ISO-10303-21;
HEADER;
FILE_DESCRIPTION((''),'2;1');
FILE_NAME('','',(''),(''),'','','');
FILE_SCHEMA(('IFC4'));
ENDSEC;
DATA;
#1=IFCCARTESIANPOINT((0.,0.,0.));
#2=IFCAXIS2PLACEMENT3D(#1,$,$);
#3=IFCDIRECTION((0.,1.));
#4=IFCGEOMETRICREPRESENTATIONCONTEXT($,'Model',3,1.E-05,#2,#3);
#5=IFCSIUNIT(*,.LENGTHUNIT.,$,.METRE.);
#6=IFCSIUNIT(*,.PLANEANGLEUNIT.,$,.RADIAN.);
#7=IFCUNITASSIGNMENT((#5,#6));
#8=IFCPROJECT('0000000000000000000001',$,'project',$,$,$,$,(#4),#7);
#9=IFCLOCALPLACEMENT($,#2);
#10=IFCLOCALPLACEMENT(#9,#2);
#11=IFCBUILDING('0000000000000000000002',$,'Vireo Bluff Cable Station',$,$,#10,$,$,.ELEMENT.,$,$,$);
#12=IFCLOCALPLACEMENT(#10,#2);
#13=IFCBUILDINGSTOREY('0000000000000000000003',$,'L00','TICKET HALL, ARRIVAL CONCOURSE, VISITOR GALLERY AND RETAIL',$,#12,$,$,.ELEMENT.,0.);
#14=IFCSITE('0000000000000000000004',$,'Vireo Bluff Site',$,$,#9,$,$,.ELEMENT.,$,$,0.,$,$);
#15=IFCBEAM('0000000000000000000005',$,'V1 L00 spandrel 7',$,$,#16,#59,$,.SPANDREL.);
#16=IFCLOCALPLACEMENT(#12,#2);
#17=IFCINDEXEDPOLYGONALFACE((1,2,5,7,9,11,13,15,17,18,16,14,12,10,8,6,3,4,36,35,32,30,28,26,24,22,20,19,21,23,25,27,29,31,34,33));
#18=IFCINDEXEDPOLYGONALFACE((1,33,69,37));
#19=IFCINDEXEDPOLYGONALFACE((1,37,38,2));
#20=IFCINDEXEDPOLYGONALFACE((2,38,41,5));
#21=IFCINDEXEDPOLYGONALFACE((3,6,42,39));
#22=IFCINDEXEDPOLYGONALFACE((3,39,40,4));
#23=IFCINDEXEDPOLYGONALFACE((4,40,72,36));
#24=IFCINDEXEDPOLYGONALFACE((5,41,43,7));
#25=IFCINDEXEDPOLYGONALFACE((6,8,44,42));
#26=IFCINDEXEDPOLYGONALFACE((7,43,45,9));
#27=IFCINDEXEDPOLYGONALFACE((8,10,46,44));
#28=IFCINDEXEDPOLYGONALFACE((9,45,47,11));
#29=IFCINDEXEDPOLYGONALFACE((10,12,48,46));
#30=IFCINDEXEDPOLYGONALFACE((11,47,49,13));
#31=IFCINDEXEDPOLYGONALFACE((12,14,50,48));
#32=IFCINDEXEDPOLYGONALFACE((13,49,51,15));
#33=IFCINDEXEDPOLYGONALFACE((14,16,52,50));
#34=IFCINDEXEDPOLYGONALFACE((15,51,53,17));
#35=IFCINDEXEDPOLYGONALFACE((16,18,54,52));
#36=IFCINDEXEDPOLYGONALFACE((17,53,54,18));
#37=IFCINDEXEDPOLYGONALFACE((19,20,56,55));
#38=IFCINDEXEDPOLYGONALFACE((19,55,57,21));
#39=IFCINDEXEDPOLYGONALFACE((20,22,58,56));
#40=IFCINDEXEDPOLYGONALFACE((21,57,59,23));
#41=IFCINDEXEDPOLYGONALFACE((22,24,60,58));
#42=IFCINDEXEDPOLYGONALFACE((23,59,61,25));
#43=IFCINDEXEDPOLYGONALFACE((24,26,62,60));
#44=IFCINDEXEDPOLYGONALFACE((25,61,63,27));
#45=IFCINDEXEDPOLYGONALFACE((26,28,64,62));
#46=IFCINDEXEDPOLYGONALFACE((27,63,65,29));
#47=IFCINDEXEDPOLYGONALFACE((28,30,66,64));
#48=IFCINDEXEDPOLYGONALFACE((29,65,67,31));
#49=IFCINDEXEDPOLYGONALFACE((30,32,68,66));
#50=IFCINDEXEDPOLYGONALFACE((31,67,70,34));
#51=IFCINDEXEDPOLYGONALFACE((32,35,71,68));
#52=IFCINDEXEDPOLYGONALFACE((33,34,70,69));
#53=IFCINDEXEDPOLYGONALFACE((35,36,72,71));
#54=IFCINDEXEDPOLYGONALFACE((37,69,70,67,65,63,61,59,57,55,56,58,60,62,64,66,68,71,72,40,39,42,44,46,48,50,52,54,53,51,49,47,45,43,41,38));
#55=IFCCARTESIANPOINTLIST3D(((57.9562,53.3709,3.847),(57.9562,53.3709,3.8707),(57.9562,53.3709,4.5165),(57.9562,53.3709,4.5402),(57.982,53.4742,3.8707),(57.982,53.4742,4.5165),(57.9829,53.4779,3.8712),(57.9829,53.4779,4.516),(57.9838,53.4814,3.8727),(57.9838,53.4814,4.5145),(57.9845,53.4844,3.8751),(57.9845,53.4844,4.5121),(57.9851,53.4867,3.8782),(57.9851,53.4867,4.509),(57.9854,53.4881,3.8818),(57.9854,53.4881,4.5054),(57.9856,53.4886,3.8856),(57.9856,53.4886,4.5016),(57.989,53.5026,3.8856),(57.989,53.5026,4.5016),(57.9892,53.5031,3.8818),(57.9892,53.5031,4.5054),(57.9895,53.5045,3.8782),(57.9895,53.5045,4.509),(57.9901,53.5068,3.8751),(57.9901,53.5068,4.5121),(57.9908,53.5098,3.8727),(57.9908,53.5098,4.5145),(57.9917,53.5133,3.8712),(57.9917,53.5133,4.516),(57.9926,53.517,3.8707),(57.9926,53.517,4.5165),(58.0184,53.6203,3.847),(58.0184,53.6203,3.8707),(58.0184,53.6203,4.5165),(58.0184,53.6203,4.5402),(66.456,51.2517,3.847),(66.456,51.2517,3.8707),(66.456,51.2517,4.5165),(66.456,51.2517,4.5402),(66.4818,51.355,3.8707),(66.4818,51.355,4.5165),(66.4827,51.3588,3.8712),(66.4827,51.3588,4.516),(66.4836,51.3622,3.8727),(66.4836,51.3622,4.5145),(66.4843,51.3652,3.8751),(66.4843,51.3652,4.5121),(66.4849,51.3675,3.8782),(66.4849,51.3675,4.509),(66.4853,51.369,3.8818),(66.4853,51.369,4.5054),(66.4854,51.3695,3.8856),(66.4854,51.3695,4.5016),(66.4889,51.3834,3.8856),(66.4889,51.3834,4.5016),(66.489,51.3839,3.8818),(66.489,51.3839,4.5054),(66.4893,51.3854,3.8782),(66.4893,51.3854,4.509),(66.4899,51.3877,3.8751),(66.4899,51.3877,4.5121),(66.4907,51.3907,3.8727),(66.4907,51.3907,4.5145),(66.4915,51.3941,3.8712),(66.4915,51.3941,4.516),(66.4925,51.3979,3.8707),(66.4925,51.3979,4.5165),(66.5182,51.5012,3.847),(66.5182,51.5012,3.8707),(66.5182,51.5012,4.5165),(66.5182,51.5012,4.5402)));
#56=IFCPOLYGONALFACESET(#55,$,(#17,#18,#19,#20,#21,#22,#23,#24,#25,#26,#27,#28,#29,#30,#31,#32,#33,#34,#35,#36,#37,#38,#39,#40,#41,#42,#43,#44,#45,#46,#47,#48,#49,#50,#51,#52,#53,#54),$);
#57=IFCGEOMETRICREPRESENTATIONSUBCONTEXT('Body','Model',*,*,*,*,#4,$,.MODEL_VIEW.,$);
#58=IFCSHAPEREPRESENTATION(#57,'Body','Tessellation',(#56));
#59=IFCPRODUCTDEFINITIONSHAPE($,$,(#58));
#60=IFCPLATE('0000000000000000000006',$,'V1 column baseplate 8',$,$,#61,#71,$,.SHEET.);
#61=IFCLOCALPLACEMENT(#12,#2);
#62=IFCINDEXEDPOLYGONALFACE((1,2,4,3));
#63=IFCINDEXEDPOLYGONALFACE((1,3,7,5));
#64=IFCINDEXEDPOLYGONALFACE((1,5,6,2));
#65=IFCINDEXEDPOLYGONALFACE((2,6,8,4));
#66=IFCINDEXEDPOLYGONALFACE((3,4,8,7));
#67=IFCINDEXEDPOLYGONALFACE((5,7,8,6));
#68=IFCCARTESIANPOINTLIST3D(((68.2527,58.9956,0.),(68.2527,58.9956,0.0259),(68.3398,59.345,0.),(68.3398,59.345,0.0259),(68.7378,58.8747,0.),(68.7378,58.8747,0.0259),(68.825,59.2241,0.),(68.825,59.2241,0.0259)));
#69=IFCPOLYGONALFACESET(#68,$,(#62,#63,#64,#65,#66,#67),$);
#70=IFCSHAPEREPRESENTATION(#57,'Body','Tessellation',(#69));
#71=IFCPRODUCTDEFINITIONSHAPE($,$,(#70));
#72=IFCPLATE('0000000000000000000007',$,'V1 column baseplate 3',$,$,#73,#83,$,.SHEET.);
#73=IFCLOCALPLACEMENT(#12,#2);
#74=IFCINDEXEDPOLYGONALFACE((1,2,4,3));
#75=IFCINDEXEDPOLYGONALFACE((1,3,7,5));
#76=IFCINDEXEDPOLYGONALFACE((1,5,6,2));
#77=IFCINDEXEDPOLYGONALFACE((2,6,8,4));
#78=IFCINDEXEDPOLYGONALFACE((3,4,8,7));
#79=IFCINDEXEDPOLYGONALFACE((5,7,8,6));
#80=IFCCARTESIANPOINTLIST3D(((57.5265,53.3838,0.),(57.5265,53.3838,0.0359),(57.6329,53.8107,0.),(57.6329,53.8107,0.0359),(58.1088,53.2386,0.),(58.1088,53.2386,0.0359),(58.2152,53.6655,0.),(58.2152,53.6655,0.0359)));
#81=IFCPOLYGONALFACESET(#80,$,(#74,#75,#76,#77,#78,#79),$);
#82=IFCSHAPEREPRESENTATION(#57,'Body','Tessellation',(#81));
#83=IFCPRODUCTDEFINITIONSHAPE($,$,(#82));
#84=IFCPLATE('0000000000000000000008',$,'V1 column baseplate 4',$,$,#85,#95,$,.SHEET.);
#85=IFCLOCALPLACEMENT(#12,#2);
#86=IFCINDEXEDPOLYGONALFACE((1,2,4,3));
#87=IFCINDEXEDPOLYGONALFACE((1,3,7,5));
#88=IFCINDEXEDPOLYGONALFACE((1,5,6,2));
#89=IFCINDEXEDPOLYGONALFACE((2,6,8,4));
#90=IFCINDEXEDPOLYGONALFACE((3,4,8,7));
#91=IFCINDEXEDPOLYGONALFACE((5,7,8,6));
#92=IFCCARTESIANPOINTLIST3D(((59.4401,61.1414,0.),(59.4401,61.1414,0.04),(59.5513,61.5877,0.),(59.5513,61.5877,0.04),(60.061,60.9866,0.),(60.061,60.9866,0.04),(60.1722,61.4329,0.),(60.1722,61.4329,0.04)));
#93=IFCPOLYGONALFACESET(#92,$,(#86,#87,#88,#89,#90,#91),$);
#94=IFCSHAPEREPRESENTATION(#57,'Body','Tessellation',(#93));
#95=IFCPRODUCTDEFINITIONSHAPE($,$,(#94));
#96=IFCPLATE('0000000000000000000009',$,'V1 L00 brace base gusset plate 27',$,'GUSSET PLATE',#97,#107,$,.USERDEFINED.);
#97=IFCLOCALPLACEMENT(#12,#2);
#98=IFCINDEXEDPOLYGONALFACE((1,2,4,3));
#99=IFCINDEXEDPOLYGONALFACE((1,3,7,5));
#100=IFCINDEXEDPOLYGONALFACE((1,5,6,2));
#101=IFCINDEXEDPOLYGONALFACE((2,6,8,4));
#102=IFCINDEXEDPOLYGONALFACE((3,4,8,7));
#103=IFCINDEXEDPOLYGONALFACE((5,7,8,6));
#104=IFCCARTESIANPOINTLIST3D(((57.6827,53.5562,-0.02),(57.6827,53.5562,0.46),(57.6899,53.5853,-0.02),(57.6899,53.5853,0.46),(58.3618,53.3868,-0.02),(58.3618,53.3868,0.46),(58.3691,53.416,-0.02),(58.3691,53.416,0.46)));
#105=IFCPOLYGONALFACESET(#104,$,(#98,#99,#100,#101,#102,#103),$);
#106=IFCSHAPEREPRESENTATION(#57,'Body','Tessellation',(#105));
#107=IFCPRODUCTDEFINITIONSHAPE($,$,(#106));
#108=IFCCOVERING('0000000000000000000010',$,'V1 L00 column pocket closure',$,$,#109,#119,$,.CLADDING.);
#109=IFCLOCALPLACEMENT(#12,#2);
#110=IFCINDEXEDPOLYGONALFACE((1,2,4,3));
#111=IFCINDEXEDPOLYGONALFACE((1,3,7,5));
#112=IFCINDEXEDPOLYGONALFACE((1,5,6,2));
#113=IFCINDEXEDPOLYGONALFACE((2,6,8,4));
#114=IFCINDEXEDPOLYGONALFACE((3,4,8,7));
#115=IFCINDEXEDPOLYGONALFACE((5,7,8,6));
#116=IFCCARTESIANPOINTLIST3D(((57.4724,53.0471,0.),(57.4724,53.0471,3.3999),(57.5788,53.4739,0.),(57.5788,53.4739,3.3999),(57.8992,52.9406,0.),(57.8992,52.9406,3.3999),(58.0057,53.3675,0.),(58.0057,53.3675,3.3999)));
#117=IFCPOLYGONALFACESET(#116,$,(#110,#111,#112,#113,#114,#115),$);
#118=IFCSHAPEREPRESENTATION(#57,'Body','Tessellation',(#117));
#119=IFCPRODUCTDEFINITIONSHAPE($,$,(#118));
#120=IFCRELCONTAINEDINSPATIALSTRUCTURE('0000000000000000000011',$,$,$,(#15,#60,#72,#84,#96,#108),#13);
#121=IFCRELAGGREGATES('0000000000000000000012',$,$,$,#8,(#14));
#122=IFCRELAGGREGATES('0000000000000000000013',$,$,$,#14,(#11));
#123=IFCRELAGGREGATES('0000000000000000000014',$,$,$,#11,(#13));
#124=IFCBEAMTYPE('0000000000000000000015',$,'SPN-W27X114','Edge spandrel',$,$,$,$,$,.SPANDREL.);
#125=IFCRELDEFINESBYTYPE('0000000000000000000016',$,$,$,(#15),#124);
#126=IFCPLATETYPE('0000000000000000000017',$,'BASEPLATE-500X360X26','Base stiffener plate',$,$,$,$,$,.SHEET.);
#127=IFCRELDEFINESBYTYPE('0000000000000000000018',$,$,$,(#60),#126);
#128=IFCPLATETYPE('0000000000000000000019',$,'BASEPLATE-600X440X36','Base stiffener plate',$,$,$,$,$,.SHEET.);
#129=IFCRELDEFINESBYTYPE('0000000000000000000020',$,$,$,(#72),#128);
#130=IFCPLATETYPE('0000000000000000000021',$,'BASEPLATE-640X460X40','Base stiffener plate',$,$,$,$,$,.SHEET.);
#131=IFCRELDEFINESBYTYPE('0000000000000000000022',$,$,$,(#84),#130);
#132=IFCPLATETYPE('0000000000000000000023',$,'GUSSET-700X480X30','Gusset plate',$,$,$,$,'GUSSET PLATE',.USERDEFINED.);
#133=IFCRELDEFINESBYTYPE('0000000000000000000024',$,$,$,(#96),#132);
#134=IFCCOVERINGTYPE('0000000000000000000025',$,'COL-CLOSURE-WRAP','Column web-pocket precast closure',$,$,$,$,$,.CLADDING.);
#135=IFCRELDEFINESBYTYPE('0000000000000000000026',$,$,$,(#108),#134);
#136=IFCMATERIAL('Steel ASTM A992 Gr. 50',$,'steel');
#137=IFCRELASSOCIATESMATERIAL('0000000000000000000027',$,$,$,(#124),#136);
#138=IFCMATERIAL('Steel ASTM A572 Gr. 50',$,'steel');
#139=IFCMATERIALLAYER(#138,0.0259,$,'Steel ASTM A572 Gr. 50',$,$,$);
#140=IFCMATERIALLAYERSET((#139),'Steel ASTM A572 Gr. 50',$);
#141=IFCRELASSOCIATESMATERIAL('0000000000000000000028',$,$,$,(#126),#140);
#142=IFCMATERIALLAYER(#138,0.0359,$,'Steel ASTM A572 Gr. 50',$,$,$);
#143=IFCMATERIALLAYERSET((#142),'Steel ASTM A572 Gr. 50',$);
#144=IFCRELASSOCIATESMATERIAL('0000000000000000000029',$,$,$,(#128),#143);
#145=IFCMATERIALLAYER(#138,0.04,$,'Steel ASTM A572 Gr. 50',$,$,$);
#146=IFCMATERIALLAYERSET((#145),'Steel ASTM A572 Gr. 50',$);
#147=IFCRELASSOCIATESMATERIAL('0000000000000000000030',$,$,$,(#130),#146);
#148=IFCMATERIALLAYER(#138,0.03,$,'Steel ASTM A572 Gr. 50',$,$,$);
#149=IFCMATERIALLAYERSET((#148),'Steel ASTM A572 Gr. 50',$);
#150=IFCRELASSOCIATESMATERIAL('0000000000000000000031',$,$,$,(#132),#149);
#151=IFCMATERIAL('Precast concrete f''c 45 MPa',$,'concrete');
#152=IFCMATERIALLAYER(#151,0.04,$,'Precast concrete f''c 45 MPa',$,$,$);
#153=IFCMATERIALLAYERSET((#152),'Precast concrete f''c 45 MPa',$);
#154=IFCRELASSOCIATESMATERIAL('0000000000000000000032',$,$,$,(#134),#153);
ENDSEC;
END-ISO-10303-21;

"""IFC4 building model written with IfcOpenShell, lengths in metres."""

from ifc_helpers import new_model, si_unit, direction, frame, origin, origin_2d, place, context, subcontext, project, spatial, rectangle, i_section, extrude, material, layer, layer_set, material_profile, profile_set, type_object, element, save


model = new_model("IFC4")

# Units and contexts
model_context = context("Model", 3, precision=1e-05, world=origin(), true_north=direction((0.0, 1.0)))
body_context = subcontext(model_context, "Body", "Model", "MODEL_VIEW")
ifc_project = project(units=[si_unit("LENGTHUNIT", "METRE"), si_unit("PLANEANGLEUNIT", "RADIAN")], contexts=[model_context])

# Site, building, storey
site_placement = place(None, origin())
site = spatial("IfcSite", under=ifc_project, at=site_placement, Name="Vireo Bluff Site", CompositionType="ELEMENT", RefElevation=0.0)
building_placement = place(site_placement, origin())
building = spatial("IfcBuilding", under=site, at=building_placement, Name="Vireo Bluff Cable Station", CompositionType="ELEMENT")
storey_placement = place(building_placement, origin())
storey = spatial("IfcBuildingStorey", under=building, at=storey_placement, Name="L00", Description="TICKET HALL, ARRIVAL CONCOURSE, VISITOR GALLERY AND RETAIL", CompositionType="ELEMENT", Elevation=0.0)

# Shared definitions
ifc_material_1 = material(Name="Steel ASTM A992 Gr. 50", Category="steel")

# Beam
ifc_material_profile_1 = material_profile(ifc_material_1, i_section(OverallWidth=0.2571, OverallDepth=0.6931, WebThickness=0.0144, FlangeThickness=0.0237, FilletRadius=0.0149, at=origin_2d()), Name="W27X114")
ifc_profile_set_1 = profile_set([ifc_material_profile_1], Name="Steel ASTM A992 Gr. 50")
beam_type = type_object("IfcBeamType", Name="SPN-W27X114", Description="Edge spandrel", PredefinedType="SPANDREL", material=ifc_profile_set_1)
beam_placement = place(storey_placement, frame((57.9873, 53.4956, 4.1936), z_axis=(0.970298, -0.241913, 0.0), x_axis=(0.241913, 0.970298, 0.0)))
element("IfcBeam", 1, at=beam_placement, inside=storey, type_object=beam_type, Name="V1 L00 spandrel 7", PredefinedType="SPANDREL", context=body_context, shape_type="SweptSolid", body=[
    extrude(i_section(OverallWidth=0.2571, OverallDepth=0.6931, WebThickness=0.0144, FlangeThickness=0.0237, FilletRadius=0.0149, at=origin_2d()), origin(), (0.0, 0.0, 1.0), 8.76),
])

# Plates
ifc_material_2 = material(Name="Steel ASTM A572 Gr. 50", Category="steel")
ifc_layer_1 = layer(ifc_material_2, 0.0259, Name="Steel ASTM A572 Gr. 50")
ifc_layer_set_1 = layer_set([ifc_layer_1], Name="Steel ASTM A572 Gr. 50")
plate_type_1 = type_object("IfcPlateType", Name="BASEPLATE-500X360X26", Description="Base stiffener plate", PredefinedType="SHEET", material=ifc_layer_set_1)
plate_1_placement = place(storey_placement, frame((68.5388, 59.1099, 0.0), z_axis=(0.0, 0.0, 1.0), x_axis=(0.970296, -0.241922, 0.0)))
element("IfcPlate", 2, at=plate_1_placement, inside=storey, type_object=plate_type_1, Name="V1 column baseplate 8", PredefinedType="SHEET", context=body_context, shape_type="SweptSolid", body=[
    extrude(rectangle(XDim=0.5, YDim=0.3601, at=origin_2d()), origin(), (0.0, 0.0, 1.0), 0.0259),
])
ifc_layer_2 = layer(ifc_material_2, 0.0359, Name="Steel ASTM A572 Gr. 50")
ifc_layer_set_2 = layer_set([ifc_layer_2], Name="Steel ASTM A572 Gr. 50")
plate_type_2 = type_object("IfcPlateType", Name="BASEPLATE-600X440X36", Description="Base stiffener plate", PredefinedType="SHEET", material=ifc_layer_set_2)
plate_2_placement = place(storey_placement, frame((57.8708, 53.5247, 0.0), z_axis=(0.0, 0.0, 1.0), x_axis=(0.970296, -0.241922, 0.0)))
element("IfcPlate", 3, at=plate_2_placement, inside=storey, type_object=plate_type_2, Name="V1 column baseplate 3", PredefinedType="SHEET", context=body_context, shape_type="SweptSolid", body=[
    extrude(rectangle(XDim=0.6001, YDim=0.4399, at=origin_2d()), origin(), (0.0, 0.0, 1.0), 0.0359),
])
ifc_layer_3 = layer(ifc_material_2, 0.04, Name="Steel ASTM A572 Gr. 50")
ifc_layer_set_3 = layer_set([ifc_layer_3], Name="Steel ASTM A572 Gr. 50")
plate_type_3 = type_object("IfcPlateType", Name="BASEPLATE-640X460X40", Description="Base stiffener plate", PredefinedType="SHEET", material=ifc_layer_set_3)
plate_3_placement = place(storey_placement, frame((59.8062, 61.2871, 0.0), z_axis=(0.0, 0.0, 1.0), x_axis=(0.970296, -0.241922, 0.0)))
element("IfcPlate", 4, at=plate_3_placement, inside=storey, type_object=plate_type_3, Name="V1 column baseplate 4", PredefinedType="SHEET", context=body_context, shape_type="SweptSolid", body=[
    extrude(rectangle(XDim=0.6399, YDim=0.46, at=origin_2d()), origin(), (0.0, 0.0, 1.0), 0.04),
])
ifc_layer_4 = layer(ifc_material_2, 0.03, Name="Steel ASTM A572 Gr. 50")
ifc_layer_set_4 = layer_set([ifc_layer_4], Name="Steel ASTM A572 Gr. 50")
plate_type_4 = type_object("IfcPlateType", Name="GUSSET-700X480X30", Description="Gusset plate", ElementType="GUSSET PLATE", PredefinedType="USERDEFINED", material=ifc_layer_set_4)
plate_4_placement = place(storey_placement, frame((58.0259, 53.4861, -0.02), z_axis=(0.0, 0.0, 1.0), x_axis=(0.970296, -0.241922, 0.0)))
element("IfcPlate", 5, at=plate_4_placement, inside=storey, type_object=plate_type_4, Name="V1 L00 brace base gusset plate 27", ObjectType="GUSSET PLATE", PredefinedType="USERDEFINED", context=body_context, shape_type="SweptSolid", body=[
    extrude(rectangle(XDim=0.7, YDim=0.03, at=origin_2d()), origin(), (0.0, 0.0, 1.0), 0.48),
])

# Covering
ifc_material_3 = material(Name="Precast concrete f'c 45 MPa", Category="concrete")
ifc_layer_5 = layer(ifc_material_3, 0.04, Name="Precast concrete f'c 45 MPa")
ifc_layer_set_5 = layer_set([ifc_layer_5], Name="Precast concrete f'c 45 MPa")
covering_type = type_object("IfcCoveringType", Name="COL-CLOSURE-WRAP", Description="Column web-pocket precast closure", PredefinedType="CLADDING", material=ifc_layer_set_5)
covering_placement = place(storey_placement, frame((57.739, 53.2073, 0.0), z_axis=(0.0, 0.0, 1.0), x_axis=(0.970296, -0.241922, 0.0)))
element("IfcCovering", 6, at=covering_placement, inside=storey, type_object=covering_type, Name="V1 L00 column pocket closure", PredefinedType="CLADDING", context=body_context, shape_type="SweptSolid", body=[
    extrude(rectangle(XDim=0.4399, YDim=0.4399, at=origin_2d()), origin(), (0.0, 0.0, 1.0), 3.3999),
])

save(model, "model.ifc")
